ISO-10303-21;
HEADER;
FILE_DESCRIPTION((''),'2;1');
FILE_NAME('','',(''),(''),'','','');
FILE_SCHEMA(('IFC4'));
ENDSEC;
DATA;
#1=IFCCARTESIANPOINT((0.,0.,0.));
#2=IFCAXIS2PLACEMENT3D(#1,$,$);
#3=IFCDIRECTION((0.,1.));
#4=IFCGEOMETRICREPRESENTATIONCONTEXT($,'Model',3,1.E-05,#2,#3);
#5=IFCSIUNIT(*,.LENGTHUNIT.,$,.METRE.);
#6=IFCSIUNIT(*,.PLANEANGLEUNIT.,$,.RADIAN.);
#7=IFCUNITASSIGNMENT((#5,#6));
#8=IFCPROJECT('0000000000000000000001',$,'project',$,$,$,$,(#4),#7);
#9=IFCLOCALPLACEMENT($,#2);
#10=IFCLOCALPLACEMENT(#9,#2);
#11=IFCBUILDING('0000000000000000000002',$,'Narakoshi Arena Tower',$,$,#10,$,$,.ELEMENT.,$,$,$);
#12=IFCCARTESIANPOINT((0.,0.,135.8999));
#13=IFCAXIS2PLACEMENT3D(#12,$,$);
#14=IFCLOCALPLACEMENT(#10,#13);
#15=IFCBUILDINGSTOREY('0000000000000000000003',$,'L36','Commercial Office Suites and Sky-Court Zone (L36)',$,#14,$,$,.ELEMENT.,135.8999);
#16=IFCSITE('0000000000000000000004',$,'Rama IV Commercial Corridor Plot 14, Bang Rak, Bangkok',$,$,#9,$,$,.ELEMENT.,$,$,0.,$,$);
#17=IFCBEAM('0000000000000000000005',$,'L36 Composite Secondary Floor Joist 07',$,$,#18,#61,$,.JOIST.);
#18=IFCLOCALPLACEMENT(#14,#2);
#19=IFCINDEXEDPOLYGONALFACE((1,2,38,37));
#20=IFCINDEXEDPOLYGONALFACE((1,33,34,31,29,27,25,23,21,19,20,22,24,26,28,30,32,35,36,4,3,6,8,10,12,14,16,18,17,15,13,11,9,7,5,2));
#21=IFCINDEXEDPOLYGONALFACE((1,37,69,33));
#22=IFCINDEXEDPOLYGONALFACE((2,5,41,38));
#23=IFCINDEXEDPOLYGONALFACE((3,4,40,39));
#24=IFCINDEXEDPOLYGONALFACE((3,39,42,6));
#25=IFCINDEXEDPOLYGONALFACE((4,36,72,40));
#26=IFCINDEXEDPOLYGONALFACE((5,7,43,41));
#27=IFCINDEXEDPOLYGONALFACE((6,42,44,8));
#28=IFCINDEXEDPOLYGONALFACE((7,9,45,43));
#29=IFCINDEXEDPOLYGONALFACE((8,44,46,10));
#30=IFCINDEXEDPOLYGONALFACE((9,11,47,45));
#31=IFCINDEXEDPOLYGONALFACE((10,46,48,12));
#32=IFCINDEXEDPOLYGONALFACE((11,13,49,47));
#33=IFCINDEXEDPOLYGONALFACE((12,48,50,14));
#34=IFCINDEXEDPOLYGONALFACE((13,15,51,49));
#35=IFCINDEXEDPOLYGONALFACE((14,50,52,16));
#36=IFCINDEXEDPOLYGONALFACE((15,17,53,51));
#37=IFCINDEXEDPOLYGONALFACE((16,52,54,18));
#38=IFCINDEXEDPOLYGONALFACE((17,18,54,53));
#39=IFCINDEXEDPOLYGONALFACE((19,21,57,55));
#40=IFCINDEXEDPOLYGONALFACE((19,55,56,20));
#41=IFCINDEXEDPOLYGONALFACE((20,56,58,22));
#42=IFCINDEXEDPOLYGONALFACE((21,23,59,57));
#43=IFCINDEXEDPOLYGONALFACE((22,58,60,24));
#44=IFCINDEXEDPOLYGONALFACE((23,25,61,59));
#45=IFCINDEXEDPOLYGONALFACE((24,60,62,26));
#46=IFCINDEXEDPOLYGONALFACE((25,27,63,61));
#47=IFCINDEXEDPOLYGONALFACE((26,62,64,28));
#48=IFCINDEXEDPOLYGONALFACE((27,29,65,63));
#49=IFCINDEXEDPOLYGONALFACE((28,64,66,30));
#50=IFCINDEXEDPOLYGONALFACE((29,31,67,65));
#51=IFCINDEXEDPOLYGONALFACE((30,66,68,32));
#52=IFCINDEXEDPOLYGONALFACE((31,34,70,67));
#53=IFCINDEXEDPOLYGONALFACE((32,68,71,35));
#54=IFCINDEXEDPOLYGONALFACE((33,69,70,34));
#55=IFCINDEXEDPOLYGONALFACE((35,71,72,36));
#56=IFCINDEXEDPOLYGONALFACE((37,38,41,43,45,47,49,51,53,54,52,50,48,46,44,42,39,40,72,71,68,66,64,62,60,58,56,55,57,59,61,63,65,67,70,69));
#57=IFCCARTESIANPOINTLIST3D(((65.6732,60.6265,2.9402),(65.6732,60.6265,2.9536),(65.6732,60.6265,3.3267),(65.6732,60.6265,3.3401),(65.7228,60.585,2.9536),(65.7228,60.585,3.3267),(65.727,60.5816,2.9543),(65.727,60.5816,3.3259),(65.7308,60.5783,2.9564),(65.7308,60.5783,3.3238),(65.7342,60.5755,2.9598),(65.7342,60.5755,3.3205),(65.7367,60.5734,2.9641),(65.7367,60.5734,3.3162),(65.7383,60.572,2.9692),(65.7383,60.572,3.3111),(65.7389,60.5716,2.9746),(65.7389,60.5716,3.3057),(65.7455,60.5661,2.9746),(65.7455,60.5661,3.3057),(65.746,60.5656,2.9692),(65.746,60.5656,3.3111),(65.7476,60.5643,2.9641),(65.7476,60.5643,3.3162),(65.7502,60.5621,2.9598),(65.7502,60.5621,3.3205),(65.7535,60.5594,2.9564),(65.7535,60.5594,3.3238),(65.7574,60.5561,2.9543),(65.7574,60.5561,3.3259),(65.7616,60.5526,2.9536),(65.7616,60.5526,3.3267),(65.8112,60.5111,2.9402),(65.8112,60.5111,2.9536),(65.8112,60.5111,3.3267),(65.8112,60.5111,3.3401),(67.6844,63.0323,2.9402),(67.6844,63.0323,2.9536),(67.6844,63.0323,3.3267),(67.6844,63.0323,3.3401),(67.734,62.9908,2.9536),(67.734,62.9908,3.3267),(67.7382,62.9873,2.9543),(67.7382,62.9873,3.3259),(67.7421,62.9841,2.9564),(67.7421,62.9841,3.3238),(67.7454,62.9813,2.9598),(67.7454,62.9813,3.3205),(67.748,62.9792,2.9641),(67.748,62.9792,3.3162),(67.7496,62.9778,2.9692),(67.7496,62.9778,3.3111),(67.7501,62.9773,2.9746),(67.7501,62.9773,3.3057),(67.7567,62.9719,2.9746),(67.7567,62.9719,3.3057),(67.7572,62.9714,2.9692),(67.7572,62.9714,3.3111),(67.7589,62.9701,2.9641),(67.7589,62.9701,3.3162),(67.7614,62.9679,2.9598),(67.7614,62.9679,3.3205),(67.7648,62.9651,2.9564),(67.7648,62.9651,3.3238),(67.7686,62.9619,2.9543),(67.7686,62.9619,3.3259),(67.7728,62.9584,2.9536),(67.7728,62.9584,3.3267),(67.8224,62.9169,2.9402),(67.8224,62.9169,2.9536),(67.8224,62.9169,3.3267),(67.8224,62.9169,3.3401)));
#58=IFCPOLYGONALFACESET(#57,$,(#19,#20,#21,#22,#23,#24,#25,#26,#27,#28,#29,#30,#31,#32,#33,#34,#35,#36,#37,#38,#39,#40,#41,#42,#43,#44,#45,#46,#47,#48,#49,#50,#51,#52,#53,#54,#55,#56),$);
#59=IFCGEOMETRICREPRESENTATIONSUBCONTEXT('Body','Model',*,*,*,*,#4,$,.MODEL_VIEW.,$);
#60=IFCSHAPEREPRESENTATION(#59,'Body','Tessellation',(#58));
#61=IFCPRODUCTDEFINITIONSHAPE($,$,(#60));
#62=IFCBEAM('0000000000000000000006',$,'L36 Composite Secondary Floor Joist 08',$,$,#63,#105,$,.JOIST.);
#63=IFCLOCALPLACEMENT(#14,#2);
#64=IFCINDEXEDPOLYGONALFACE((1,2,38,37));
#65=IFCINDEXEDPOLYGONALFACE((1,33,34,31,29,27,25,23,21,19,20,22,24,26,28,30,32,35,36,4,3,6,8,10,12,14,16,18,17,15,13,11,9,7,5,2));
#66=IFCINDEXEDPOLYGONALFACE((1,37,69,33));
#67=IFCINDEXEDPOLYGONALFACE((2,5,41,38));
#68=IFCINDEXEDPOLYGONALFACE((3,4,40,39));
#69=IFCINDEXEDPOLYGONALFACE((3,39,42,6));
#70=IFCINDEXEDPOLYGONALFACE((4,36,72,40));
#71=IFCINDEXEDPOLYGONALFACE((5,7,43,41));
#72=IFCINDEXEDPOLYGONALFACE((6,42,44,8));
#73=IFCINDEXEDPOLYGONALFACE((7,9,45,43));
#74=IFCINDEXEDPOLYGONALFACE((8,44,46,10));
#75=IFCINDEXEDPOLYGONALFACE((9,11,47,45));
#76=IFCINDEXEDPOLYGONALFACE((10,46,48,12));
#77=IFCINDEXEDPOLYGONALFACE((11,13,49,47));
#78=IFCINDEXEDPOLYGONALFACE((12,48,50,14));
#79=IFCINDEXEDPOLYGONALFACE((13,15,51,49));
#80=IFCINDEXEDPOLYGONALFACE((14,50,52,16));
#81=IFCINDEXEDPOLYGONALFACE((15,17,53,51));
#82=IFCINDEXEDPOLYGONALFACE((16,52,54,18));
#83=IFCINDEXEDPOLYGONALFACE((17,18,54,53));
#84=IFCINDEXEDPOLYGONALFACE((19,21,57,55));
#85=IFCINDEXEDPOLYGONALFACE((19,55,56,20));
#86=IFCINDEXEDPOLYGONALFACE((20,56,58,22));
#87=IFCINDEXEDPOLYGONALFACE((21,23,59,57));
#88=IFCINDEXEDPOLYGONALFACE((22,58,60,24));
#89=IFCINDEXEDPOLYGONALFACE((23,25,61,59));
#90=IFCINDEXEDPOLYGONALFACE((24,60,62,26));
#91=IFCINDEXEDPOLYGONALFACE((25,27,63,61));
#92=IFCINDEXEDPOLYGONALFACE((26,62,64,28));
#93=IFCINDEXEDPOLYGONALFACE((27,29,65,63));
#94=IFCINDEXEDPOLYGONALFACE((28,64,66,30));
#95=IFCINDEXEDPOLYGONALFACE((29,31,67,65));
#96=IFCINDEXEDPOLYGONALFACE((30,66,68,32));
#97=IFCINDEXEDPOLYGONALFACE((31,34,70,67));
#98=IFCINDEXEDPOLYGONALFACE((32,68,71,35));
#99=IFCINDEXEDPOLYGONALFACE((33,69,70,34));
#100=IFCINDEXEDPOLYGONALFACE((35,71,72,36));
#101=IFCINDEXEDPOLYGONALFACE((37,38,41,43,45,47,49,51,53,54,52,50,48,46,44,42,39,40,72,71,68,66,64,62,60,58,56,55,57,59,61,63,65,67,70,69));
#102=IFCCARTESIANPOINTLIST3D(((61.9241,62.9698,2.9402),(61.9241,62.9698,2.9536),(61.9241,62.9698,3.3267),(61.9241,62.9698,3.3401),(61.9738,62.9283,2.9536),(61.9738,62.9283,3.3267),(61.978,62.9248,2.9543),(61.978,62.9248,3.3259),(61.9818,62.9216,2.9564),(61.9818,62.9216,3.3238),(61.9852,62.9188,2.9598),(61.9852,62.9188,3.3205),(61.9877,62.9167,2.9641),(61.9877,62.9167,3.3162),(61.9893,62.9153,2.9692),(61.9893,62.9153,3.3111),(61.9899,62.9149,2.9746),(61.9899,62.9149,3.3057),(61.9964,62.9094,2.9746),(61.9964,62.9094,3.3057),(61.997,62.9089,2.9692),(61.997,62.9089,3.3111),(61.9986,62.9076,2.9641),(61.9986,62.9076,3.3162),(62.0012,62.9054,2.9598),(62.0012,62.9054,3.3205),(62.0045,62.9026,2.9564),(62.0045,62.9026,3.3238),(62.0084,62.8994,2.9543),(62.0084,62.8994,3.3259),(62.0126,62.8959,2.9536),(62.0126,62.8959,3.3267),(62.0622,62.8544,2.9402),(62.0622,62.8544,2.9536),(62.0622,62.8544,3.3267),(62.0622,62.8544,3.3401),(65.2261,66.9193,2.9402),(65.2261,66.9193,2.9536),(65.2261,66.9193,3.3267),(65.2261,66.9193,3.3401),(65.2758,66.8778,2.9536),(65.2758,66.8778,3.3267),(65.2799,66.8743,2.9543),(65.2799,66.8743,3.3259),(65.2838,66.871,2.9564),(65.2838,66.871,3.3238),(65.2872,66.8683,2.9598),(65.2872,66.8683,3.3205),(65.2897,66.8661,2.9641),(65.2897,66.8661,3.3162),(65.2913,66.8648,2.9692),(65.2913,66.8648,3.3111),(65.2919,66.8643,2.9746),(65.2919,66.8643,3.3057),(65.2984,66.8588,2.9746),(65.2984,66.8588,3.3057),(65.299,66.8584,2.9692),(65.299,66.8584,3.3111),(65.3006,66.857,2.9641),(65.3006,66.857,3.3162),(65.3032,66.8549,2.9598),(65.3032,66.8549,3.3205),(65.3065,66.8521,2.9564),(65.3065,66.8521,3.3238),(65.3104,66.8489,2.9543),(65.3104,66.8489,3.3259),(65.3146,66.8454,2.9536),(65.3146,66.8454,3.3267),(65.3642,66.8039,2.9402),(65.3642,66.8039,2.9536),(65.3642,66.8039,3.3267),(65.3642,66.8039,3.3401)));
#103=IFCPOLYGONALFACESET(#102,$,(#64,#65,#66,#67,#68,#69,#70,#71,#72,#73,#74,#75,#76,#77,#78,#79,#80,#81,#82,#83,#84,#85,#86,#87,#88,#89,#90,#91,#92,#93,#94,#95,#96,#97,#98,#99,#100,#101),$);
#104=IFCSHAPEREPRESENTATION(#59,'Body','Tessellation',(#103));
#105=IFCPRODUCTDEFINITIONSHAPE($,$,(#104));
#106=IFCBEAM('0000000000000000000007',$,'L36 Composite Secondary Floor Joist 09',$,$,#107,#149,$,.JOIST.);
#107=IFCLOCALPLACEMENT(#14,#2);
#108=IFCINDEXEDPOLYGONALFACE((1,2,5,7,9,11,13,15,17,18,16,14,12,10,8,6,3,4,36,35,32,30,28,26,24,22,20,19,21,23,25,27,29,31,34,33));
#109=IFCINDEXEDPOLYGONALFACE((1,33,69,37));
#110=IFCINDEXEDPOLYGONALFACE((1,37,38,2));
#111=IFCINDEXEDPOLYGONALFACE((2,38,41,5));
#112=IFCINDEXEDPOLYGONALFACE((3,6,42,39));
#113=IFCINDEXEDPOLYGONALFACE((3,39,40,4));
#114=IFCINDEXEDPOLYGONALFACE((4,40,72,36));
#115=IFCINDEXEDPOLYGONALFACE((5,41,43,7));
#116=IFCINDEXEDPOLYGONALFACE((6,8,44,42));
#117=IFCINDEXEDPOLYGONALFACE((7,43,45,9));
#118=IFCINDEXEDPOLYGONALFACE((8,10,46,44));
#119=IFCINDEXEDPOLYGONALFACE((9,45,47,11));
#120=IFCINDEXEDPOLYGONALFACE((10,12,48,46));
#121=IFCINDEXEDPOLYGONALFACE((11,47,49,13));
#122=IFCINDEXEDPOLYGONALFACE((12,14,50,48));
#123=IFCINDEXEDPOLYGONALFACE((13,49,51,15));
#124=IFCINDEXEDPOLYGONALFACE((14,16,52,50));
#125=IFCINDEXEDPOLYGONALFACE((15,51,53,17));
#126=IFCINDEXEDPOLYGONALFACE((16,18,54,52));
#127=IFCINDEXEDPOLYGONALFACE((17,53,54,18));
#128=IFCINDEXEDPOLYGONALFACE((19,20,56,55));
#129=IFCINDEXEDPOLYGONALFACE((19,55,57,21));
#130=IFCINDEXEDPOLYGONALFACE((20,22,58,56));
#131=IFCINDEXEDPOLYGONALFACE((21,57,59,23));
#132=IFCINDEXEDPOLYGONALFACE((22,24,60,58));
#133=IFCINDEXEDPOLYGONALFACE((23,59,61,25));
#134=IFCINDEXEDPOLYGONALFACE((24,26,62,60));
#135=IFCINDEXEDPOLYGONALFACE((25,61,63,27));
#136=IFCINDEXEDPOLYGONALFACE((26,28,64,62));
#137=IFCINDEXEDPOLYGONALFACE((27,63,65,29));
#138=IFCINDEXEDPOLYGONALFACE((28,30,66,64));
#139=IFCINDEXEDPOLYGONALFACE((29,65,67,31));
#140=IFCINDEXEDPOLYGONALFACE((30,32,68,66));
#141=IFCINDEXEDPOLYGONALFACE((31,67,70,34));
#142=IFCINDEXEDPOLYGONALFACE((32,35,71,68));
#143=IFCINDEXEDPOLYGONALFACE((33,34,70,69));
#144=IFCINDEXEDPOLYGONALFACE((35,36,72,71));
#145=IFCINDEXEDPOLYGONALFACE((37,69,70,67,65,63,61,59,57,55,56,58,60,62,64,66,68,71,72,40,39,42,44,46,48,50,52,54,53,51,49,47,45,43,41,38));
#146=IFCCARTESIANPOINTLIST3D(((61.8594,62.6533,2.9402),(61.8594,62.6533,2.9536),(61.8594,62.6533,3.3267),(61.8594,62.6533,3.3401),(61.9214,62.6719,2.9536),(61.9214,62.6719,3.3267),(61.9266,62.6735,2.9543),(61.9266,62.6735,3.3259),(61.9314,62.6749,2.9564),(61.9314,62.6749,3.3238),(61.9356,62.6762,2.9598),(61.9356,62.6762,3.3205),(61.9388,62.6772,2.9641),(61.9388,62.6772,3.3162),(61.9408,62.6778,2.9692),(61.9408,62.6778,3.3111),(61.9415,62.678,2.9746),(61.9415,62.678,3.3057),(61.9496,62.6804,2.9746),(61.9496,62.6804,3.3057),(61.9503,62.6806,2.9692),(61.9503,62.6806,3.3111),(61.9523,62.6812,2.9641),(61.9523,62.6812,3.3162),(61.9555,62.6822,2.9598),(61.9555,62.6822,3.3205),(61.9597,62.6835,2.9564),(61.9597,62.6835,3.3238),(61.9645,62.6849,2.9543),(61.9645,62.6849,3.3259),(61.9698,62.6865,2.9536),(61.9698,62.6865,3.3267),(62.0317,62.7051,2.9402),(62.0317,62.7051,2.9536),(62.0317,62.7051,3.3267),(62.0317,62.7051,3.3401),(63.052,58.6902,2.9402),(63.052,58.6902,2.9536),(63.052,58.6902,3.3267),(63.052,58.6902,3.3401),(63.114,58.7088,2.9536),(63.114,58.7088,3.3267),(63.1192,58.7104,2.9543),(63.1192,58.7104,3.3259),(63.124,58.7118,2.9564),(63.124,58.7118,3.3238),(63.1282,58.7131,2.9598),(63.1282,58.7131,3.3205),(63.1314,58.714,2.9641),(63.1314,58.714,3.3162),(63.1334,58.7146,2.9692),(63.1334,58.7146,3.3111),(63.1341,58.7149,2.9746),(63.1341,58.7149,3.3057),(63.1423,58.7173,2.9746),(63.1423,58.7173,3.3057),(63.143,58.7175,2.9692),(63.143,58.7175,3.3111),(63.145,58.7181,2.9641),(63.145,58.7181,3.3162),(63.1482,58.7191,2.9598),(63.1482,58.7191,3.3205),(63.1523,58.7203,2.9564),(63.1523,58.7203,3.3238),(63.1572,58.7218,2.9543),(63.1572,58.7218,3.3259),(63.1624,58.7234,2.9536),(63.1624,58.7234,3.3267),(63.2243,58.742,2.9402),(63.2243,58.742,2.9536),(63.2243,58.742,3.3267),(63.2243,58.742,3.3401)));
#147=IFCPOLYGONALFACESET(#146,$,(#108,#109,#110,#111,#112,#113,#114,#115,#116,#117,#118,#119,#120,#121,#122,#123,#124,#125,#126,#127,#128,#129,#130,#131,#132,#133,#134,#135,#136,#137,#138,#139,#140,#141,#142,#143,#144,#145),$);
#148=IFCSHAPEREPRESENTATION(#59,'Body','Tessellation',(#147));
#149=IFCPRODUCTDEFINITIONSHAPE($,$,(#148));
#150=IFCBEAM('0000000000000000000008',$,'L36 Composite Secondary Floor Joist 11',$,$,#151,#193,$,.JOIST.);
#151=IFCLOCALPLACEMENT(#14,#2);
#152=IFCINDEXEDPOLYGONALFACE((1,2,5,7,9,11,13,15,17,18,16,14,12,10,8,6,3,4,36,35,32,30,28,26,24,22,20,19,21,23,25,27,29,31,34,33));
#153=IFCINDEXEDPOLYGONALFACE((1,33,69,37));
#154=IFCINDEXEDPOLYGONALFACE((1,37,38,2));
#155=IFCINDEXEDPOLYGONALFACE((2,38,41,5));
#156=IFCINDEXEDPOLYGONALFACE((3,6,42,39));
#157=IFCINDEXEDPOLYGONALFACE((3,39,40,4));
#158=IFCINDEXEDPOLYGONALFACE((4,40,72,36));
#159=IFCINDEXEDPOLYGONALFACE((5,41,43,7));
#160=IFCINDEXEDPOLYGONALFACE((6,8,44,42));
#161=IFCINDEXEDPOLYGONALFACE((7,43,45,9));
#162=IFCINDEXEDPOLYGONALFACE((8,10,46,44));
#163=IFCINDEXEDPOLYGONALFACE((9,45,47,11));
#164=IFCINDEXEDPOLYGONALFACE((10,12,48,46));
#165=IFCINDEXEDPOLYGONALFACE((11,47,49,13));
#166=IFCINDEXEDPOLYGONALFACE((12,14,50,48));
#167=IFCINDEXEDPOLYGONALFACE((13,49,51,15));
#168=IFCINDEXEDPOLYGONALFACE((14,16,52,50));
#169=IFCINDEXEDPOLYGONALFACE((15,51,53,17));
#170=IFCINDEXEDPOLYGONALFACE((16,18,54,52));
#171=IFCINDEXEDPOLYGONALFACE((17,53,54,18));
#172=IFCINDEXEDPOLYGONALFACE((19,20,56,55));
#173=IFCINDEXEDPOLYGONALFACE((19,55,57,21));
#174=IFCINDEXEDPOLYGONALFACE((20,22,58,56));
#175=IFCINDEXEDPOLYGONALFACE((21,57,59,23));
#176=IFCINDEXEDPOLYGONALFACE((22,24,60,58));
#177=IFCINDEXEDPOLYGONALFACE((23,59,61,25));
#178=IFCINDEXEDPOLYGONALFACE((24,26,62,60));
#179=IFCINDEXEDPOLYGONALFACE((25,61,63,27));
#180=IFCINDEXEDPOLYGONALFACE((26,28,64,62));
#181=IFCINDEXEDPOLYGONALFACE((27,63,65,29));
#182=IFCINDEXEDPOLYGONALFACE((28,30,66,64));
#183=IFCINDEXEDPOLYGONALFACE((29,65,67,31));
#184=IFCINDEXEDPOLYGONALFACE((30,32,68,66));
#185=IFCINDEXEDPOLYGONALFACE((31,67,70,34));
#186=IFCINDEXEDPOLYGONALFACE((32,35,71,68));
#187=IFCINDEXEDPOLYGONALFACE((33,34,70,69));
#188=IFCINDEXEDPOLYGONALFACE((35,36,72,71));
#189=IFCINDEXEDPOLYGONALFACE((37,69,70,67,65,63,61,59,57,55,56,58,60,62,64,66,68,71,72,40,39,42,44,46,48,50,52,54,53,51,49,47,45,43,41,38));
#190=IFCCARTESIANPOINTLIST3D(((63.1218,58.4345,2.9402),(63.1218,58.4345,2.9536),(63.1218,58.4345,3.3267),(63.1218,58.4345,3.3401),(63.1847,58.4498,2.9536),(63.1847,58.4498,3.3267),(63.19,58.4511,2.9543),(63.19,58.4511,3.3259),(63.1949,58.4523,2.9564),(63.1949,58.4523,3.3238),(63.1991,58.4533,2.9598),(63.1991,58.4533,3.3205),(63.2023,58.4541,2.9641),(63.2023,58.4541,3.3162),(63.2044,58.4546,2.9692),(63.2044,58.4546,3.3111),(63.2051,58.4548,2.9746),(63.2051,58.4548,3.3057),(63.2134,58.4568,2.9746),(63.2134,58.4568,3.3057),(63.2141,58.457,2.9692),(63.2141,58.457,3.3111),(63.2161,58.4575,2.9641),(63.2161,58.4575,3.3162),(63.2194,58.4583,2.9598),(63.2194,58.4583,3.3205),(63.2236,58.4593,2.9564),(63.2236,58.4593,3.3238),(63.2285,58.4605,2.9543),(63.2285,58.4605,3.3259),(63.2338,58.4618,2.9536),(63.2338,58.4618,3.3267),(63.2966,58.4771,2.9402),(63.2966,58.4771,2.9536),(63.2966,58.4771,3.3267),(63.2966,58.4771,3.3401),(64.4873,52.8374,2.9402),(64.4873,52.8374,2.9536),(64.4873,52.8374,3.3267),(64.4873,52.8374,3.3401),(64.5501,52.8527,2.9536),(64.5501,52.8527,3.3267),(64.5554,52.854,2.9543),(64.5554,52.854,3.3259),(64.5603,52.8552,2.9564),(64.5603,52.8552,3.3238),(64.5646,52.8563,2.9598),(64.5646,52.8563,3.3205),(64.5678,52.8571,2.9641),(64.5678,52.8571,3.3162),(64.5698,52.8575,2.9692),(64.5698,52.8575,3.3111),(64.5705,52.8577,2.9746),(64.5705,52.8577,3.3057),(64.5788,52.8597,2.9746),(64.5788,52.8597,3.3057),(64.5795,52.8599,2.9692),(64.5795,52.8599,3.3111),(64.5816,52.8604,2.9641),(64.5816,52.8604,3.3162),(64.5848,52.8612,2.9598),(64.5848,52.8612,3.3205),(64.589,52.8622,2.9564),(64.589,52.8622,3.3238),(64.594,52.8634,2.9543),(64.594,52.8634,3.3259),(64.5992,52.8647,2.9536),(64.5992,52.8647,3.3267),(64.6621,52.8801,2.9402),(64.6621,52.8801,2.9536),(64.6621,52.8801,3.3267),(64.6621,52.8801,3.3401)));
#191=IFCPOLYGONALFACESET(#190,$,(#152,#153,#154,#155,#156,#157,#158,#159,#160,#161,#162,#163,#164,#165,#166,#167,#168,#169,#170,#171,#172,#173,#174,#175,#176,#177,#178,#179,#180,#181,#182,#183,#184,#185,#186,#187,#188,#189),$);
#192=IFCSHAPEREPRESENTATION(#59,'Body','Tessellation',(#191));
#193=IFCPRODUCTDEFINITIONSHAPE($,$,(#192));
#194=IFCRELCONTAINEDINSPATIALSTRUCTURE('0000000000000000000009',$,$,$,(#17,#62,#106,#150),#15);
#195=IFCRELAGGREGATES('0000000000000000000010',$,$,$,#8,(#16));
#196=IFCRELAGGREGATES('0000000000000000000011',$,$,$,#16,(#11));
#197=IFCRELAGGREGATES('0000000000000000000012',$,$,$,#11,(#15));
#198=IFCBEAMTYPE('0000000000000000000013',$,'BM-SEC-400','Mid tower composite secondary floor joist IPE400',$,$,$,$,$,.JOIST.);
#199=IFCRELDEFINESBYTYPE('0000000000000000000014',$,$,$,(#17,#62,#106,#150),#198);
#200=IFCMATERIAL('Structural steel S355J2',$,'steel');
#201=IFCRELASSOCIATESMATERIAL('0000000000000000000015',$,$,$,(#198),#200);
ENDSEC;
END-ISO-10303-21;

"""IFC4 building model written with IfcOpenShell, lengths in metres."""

from ifc_helpers import new_model, si_unit, direction, frame, origin, origin_2d, place, context, subcontext, project, spatial, i_section, extrude, material, material_profile, profile_set, type_object, element, save


model = new_model("IFC4")

# Units and contexts
model_context = context("Model", 3, precision=1e-05, world=origin(), true_north=direction((0.0, 1.0)))
body_context = subcontext(model_context, "Body", "Model", "MODEL_VIEW")
ifc_project = project(units=[si_unit("LENGTHUNIT", "METRE"), si_unit("PLANEANGLEUNIT", "RADIAN")], contexts=[model_context])

# Site, building, storey
site_placement = place(None, origin())
site = spatial("IfcSite", under=ifc_project, at=site_placement, Name="Rama IV Commercial Corridor Plot 14, Bang Rak, Bangkok", CompositionType="ELEMENT", RefElevation=0.0)
building_placement = place(site_placement, origin())
building = spatial("IfcBuilding", under=site, at=building_placement, Name="Narakoshi Arena Tower", CompositionType="ELEMENT")
storey_placement = place(building_placement, frame((0.0, 0.0, 135.8999)))
storey = spatial("IfcBuildingStorey", under=building, at=storey_placement, Name="L36", Description="Commercial Office Suites and Sky-Court Zone (L36)", CompositionType="ELEMENT", Elevation=135.8999)

# Beams
ifc_material_1 = material(Name="Structural steel S355J2", Category="steel")
ifc_material_profile_1 = material_profile(ifc_material_1, i_section(OverallWidth=0.1799, OverallDepth=0.3999, WebThickness=0.0085, FlangeThickness=0.0134, FilletRadius=0.021, at=origin_2d()), Name="IPE400")
ifc_profile_set_1 = profile_set([ifc_material_profile_1], Name="Structural steel S355J2")
beam_type_1 = type_object("IfcBeamType", Name="BM-SEC-400", Description="Mid tower composite secondary floor joist IPE400", PredefinedType="JOIST", material=ifc_profile_set_1)
beam_1_placement = place(storey_placement, frame((67.7534, 62.9746, 3.1401), z_axis=(-0.641394, -0.767212, 0.0), x_axis=(0.767212, -0.641394, 0.0)))
element("IfcBeam", 1, at=beam_1_placement, inside=storey, type_object=beam_type_1, Name="L36 Composite Secondary Floor Joist 07", PredefinedType="JOIST", context=body_context, shape_type="SweptSolid", body=[
    extrude(i_section(OverallWidth=0.1799, OverallDepth=0.3999, WebThickness=0.0085, FlangeThickness=0.0134, FilletRadius=0.021, at=origin_2d()), origin(), (0.0, 0.0, 1.0), 3.1357),
])
beam_2_placement = place(storey_placement, frame((65.2952, 66.8616, 3.1401), z_axis=(-0.64142, -0.76719, 0.0), x_axis=(0.76719, -0.64142, 0.0)))
element("IfcBeam", 2, at=beam_2_placement, inside=storey, type_object=beam_type_1, Name="L36 Composite Secondary Floor Joist 08", PredefinedType="JOIST", context=body_context, shape_type="SweptSolid", body=[
    extrude(i_section(OverallWidth=0.1799, OverallDepth=0.3999, WebThickness=0.0085, FlangeThickness=0.0134, FilletRadius=0.021, at=origin_2d()), origin(), (0.0, 0.0, 1.0), 5.1479),
])
beam_3_placement = place(storey_placement, frame((61.9456, 62.6792, 3.1401), z_axis=(0.288165, -0.957581, 0.0), x_axis=(0.957581, 0.288165, 0.0)))
element("IfcBeam", 3, at=beam_3_placement, inside=storey, type_object=beam_type_1, Name="L36 Composite Secondary Floor Joist 09", PredefinedType="JOIST", context=body_context, shape_type="SweptSolid", body=[
    extrude(i_section(OverallWidth=0.1799, OverallDepth=0.3999, WebThickness=0.0085, FlangeThickness=0.0134, FilletRadius=0.021, at=origin_2d()), origin(), (0.0, 0.0, 1.0), 4.1387),
])
beam_4_placement = place(storey_placement, frame((63.2092, 58.4558, 3.1401), z_axis=(0.237008, -0.971508, 0.0), x_axis=(0.971508, 0.237008, 0.0)))
element("IfcBeam", 4, at=beam_4_placement, inside=storey, type_object=beam_type_1, Name="L36 Composite Secondary Floor Joist 11", PredefinedType="JOIST", context=body_context, shape_type="SweptSolid", body=[
    extrude(i_section(OverallWidth=0.1799, OverallDepth=0.3999, WebThickness=0.0085, FlangeThickness=0.0134, FilletRadius=0.021, at=origin_2d()), origin(), (0.0, 0.0, 1.0), 5.7612),
])

save(model, "model.ifc")
